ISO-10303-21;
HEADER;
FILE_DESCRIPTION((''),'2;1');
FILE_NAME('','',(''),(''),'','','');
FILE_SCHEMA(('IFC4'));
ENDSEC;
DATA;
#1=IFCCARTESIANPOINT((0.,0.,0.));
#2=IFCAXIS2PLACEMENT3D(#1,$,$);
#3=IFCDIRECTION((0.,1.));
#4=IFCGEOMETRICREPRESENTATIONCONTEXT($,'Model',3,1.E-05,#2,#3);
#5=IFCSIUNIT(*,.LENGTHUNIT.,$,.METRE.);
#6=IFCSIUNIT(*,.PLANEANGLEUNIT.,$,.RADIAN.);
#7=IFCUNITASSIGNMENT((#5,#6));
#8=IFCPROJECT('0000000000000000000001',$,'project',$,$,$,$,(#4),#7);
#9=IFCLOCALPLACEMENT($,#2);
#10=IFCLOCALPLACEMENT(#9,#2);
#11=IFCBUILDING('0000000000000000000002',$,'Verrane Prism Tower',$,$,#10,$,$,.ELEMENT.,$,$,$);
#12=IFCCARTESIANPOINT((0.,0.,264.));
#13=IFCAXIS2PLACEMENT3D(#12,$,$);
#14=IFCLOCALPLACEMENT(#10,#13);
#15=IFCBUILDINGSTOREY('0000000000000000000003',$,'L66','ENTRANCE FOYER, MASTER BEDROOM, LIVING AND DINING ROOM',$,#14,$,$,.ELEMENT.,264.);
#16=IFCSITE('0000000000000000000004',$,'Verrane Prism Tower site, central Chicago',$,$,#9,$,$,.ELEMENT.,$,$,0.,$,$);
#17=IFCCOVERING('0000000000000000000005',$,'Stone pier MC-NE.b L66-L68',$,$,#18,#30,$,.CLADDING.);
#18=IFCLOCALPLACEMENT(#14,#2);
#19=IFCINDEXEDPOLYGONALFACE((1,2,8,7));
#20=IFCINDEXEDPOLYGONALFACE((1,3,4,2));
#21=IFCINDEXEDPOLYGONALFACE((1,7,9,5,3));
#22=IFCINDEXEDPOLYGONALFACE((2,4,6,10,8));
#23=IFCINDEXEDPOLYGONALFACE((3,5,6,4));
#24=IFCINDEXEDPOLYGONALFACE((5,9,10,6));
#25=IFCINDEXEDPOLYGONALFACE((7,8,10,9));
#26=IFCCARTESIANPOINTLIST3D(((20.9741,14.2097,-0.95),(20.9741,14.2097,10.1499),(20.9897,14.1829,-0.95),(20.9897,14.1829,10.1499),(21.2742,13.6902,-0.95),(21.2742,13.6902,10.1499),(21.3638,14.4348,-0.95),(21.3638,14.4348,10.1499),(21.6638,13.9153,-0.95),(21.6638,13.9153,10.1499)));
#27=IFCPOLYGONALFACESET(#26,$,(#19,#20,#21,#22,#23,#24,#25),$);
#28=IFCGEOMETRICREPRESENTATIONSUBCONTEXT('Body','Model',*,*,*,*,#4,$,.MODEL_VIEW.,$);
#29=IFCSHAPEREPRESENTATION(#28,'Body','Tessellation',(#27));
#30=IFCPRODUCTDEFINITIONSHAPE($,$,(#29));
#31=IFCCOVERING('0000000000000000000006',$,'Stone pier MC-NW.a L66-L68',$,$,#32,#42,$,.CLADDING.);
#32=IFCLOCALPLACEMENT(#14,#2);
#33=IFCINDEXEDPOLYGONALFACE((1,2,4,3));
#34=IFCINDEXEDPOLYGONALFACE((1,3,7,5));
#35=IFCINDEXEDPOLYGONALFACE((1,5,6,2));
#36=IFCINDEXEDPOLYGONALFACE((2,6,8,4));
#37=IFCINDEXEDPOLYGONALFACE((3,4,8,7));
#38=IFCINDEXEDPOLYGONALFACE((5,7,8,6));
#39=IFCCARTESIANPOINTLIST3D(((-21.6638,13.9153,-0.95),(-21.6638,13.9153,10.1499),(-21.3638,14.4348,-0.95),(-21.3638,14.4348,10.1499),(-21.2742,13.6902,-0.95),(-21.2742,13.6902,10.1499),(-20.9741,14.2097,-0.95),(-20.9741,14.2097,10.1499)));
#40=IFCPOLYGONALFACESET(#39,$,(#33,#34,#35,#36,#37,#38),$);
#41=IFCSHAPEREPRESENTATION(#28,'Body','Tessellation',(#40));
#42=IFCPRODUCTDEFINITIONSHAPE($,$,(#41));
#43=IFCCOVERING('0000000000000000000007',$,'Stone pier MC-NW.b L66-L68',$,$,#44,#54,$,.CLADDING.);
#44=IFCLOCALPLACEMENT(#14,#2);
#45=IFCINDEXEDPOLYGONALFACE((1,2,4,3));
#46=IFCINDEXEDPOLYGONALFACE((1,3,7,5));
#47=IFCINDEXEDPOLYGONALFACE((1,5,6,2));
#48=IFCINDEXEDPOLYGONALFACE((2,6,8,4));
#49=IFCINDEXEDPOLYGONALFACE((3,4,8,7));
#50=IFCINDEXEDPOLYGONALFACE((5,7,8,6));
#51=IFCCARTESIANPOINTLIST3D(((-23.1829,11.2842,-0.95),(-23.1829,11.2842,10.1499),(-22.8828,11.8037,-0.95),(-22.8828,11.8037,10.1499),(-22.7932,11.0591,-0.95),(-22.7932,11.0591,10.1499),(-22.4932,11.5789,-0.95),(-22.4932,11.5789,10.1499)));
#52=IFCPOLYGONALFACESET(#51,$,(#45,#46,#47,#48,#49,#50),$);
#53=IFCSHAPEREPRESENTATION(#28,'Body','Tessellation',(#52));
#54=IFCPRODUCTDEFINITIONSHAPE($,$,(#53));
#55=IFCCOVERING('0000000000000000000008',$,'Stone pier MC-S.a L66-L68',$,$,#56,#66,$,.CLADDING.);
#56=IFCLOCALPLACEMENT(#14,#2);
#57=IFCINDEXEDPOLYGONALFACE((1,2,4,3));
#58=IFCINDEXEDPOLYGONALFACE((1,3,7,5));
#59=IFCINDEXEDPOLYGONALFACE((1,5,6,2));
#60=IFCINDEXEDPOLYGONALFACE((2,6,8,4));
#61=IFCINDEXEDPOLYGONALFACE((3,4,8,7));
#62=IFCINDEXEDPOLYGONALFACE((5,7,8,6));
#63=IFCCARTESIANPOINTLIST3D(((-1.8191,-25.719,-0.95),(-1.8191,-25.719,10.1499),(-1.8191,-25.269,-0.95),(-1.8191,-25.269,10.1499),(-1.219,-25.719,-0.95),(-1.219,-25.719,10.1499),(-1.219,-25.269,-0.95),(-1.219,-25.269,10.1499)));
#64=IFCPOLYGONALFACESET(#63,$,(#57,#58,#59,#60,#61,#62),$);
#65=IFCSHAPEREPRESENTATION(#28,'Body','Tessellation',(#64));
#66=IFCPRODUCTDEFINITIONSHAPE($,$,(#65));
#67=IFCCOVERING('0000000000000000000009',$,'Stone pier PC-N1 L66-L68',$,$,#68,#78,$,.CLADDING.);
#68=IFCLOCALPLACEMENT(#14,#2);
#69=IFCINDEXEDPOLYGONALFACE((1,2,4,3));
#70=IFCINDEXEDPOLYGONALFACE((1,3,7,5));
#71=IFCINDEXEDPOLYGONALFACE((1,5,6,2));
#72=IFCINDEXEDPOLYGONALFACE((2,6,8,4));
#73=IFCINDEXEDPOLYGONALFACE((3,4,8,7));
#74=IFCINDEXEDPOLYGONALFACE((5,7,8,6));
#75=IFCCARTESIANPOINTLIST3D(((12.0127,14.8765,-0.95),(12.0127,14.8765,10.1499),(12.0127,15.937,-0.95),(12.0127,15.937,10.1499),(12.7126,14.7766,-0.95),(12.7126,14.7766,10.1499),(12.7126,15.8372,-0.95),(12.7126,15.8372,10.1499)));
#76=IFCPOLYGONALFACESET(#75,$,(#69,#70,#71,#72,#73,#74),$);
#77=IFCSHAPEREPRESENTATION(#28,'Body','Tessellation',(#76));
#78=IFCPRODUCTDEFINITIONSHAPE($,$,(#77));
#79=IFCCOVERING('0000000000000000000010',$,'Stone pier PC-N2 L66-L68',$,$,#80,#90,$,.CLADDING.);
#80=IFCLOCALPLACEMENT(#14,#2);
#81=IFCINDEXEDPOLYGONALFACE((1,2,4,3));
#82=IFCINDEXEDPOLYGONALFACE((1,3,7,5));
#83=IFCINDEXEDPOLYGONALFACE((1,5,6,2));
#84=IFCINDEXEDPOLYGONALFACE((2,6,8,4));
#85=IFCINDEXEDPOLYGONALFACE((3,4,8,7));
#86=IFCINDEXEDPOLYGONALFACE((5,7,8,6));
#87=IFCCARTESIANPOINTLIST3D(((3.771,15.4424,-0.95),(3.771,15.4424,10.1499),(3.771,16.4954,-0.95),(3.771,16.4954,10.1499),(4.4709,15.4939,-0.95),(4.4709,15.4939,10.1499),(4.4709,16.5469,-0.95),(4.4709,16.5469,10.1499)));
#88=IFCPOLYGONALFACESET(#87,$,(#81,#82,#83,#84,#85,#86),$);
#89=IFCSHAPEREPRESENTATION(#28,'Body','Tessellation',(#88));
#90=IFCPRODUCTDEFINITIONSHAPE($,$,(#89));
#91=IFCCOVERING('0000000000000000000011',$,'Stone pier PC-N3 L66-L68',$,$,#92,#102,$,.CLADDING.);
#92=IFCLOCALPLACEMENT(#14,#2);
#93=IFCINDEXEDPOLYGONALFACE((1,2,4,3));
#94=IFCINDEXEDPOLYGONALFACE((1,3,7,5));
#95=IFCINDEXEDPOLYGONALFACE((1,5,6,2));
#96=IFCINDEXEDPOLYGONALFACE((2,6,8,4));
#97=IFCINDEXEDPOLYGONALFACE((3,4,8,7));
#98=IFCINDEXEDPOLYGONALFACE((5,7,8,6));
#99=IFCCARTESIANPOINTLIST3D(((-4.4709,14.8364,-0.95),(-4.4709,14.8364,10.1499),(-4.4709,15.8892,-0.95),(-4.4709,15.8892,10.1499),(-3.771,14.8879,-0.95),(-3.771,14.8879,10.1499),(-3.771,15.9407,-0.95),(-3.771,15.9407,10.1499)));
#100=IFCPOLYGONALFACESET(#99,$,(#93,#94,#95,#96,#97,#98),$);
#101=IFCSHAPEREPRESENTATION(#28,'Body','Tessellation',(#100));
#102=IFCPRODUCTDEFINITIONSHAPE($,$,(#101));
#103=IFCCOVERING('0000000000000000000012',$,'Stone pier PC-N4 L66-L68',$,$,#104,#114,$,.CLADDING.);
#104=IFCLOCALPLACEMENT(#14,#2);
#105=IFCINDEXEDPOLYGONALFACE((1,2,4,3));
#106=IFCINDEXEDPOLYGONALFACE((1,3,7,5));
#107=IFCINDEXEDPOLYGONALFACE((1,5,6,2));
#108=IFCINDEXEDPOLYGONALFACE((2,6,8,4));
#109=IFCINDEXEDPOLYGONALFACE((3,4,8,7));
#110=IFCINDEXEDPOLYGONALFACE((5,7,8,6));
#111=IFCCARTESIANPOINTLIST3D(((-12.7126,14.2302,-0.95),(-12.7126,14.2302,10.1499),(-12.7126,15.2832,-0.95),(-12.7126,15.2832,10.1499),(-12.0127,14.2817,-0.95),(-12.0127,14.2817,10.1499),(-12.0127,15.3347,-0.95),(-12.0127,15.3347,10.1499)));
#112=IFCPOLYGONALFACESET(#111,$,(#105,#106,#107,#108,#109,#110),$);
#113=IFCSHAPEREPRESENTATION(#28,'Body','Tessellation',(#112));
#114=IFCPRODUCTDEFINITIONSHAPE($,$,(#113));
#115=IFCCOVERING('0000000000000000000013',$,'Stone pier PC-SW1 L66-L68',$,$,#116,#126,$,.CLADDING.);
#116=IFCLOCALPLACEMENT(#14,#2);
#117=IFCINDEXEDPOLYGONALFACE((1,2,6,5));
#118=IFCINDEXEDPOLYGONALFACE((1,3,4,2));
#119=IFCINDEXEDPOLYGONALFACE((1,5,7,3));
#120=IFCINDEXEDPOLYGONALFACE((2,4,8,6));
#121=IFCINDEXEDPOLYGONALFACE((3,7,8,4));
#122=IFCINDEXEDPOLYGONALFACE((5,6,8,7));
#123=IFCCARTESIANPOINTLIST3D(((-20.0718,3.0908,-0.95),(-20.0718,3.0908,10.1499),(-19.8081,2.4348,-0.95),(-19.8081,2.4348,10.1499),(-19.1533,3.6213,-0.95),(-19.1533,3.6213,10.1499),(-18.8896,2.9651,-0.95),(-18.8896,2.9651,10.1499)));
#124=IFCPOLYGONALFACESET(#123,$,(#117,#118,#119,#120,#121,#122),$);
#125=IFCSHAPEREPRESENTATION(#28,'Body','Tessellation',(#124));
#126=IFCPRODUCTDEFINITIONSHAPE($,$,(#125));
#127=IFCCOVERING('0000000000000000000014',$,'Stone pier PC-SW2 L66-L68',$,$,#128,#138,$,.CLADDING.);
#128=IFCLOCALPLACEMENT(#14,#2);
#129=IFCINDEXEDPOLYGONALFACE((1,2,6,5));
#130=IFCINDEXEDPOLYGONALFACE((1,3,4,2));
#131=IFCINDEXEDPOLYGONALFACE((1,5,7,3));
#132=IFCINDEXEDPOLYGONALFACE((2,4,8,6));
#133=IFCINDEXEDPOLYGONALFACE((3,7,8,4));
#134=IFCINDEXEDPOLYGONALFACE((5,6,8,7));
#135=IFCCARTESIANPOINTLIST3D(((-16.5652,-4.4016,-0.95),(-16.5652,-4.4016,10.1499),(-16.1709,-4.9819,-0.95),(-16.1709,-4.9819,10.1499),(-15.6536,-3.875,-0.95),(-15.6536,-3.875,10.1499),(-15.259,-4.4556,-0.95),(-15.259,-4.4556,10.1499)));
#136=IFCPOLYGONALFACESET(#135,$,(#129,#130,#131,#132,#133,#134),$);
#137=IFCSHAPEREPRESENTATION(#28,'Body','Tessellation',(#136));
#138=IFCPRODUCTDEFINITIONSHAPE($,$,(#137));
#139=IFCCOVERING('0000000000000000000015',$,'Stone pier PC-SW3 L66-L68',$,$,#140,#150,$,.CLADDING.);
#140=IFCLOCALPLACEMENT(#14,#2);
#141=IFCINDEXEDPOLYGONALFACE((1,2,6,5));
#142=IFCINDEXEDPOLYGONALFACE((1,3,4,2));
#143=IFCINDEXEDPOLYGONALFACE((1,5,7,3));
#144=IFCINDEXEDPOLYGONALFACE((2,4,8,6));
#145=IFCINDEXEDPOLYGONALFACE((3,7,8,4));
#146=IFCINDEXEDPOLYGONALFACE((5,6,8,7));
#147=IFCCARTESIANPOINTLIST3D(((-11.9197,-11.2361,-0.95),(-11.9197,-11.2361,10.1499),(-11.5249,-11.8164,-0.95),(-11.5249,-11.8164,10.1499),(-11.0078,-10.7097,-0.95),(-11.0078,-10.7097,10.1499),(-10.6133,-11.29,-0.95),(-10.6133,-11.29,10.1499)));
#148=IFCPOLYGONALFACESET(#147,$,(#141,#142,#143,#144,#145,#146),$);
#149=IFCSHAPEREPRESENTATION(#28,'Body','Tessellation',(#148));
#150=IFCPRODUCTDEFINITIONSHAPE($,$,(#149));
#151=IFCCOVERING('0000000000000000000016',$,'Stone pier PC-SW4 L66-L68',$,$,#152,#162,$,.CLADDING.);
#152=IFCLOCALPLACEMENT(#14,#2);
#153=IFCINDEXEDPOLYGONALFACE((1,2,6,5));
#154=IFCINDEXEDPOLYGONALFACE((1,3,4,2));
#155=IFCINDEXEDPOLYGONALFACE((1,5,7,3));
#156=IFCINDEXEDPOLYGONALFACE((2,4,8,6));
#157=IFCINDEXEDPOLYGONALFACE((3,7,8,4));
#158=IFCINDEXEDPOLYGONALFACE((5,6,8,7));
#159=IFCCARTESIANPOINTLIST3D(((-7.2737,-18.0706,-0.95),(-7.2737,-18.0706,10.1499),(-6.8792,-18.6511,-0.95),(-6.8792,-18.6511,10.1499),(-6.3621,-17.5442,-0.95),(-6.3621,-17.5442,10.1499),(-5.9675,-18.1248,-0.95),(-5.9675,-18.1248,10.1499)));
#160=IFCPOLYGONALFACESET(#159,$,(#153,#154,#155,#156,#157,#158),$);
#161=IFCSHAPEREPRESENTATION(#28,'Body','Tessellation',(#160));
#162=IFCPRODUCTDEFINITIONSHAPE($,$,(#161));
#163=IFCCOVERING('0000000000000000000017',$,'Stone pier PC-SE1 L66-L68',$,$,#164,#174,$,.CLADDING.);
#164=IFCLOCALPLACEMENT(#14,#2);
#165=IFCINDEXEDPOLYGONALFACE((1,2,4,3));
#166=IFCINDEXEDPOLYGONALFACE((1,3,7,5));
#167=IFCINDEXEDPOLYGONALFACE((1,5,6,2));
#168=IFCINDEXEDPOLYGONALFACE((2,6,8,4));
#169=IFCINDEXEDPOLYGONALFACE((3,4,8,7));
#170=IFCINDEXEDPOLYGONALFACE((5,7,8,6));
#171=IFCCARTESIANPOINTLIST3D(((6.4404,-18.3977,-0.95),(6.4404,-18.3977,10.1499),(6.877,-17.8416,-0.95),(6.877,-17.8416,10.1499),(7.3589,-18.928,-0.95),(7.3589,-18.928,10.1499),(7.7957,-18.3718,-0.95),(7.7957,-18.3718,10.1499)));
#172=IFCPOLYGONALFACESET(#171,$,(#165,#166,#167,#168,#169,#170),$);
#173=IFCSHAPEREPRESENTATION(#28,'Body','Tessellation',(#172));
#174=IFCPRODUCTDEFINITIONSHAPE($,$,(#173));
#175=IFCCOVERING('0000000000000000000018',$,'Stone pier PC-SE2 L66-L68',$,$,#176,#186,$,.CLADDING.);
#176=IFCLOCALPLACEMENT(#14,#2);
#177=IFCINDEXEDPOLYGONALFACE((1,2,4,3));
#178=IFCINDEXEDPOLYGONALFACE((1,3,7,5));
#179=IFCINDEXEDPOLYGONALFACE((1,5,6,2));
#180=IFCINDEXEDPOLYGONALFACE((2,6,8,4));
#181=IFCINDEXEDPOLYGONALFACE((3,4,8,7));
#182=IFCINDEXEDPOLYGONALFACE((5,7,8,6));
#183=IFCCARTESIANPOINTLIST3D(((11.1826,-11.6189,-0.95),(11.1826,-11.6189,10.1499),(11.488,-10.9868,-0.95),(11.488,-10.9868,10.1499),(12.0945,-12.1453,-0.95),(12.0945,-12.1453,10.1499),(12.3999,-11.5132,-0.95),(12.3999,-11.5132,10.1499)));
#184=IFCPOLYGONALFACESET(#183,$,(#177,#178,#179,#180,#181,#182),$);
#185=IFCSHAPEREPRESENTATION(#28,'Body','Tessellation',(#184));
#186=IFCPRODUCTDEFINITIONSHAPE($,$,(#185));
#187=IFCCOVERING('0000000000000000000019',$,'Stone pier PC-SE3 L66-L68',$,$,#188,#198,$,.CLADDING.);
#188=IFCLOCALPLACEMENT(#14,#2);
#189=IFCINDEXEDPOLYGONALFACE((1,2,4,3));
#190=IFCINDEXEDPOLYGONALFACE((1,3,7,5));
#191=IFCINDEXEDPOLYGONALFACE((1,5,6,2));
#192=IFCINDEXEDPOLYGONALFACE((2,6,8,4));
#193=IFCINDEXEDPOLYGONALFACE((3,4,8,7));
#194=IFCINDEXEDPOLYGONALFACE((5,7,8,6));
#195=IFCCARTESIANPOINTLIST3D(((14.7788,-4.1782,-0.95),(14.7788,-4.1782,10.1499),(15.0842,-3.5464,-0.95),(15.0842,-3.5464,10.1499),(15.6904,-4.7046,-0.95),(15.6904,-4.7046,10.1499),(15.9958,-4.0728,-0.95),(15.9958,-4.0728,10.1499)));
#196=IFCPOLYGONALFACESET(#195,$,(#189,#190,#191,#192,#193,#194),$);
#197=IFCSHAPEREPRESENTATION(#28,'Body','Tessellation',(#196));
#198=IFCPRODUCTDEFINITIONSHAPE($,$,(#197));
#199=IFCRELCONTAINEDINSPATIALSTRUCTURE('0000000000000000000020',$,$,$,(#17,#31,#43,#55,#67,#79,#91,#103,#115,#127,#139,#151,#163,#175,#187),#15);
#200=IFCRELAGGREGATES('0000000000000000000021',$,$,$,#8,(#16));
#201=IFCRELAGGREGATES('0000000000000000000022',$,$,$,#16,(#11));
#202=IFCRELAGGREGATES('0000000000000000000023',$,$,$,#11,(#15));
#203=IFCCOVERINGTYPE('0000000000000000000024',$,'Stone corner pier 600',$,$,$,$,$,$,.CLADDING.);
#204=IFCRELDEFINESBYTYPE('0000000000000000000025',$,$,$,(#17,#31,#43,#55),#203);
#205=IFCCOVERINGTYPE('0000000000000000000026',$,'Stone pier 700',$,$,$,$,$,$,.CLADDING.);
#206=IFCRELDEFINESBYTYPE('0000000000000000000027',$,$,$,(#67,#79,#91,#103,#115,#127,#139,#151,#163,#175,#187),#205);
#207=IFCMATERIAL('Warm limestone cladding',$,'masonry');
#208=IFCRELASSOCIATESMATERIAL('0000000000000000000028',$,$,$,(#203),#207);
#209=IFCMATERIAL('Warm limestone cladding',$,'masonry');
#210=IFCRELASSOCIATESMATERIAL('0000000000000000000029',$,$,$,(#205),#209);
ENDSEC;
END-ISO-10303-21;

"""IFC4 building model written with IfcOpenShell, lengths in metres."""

from ifc_helpers import new_model, si_unit, direction, frame, origin, place, context, subcontext, project, spatial, polyline, outline, extrude, material, type_object, element, save


model = new_model("IFC4")

# Units and contexts
model_context = context("Model", 3, precision=1e-05, world=origin(), true_north=direction((0.0, 1.0)))
body_context = subcontext(model_context, "Body", "Model", "MODEL_VIEW")
ifc_project = project(units=[si_unit("LENGTHUNIT", "METRE"), si_unit("PLANEANGLEUNIT", "RADIAN")], contexts=[model_context])

# Site, building, storey
site_placement = place(None, origin())
site = spatial("IfcSite", under=ifc_project, at=site_placement, Name="Verrane Prism Tower site, central Chicago", CompositionType="ELEMENT", RefElevation=0.0)
building_placement = place(site_placement, origin())
building = spatial("IfcBuilding", under=site, at=building_placement, Name="Verrane Prism Tower", CompositionType="ELEMENT")
storey_placement = place(building_placement, frame((0.0, 0.0, 264.0)))
storey = spatial("IfcBuildingStorey", under=building, at=storey_placement, Name="L66", Description="ENTRANCE FOYER, MASTER BEDROOM, LIVING AND DINING ROOM", CompositionType="ELEMENT", Elevation=264.0)

# Coverings
ifc_material_1 = material(Name="Warm limestone cladding", Category="masonry")
covering_type_1 = type_object("IfcCoveringType", Name="Stone corner pier 600", PredefinedType="CLADDING", material=ifc_material_1)
covering_1_placement = place(storey_placement, frame((0.0, 0.0, -0.95)))
element("IfcCovering", 1, at=covering_1_placement, inside=storey, type_object=covering_type_1, Name="Stone pier MC-NE.b L66-L68", PredefinedType="CLADDING", context=body_context, shape_type="SweptSolid", body=[
    extrude(outline(polyline([(20.9741, 14.2097), (20.9897, 14.1829), (21.2742, 13.6902), (21.6638, 13.9153), (21.3638, 14.4348), (20.9741, 14.2097)])), origin(), (0.0, 0.0, 1.0), 11.0999),
])
covering_2_placement = place(storey_placement, frame((0.0, 0.0, -0.95)))
element("IfcCovering", 2, at=covering_2_placement, inside=storey, type_object=covering_type_1, Name="Stone pier MC-NW.a L66-L68", PredefinedType="CLADDING", context=body_context, shape_type="SweptSolid", body=[
    extrude(outline(polyline([(-21.2742, 13.6902), (-20.9741, 14.2097), (-21.3638, 14.4348), (-21.6638, 13.9153), (-21.2742, 13.6902)])), origin(), (0.0, 0.0, 1.0), 11.0999),
])
covering_3_placement = place(storey_placement, frame((0.0, 0.0, -0.95)))
element("IfcCovering", 3, at=covering_3_placement, inside=storey, type_object=covering_type_1, Name="Stone pier MC-NW.b L66-L68", PredefinedType="CLADDING", context=body_context, shape_type="SweptSolid", body=[
    extrude(outline(polyline([(-22.7932, 11.0591), (-22.4932, 11.5789), (-22.8828, 11.8037), (-23.1829, 11.2842), (-22.7932, 11.0591)])), origin(), (0.0, 0.0, 1.0), 11.0999),
])
covering_4_placement = place(storey_placement, frame((0.0, 0.0, -0.95)))
element("IfcCovering", 4, at=covering_4_placement, inside=storey, type_object=covering_type_1, Name="Stone pier MC-S.a L66-L68", PredefinedType="CLADDING", context=body_context, shape_type="SweptSolid", body=[
    extrude(outline(polyline([(-1.219, -25.269), (-1.8191, -25.269), (-1.8191, -25.719), (-1.219, -25.719), (-1.219, -25.269)])), origin(), (0.0, 0.0, 1.0), 11.0999),
])
ifc_material_2 = material(Name="Warm limestone cladding", Category="masonry")
covering_type_2 = type_object("IfcCoveringType", Name="Stone pier 700", PredefinedType="CLADDING", material=ifc_material_2)
covering_5_placement = place(storey_placement, frame((0.0, 0.0, -0.95)))
element("IfcCovering", 5, at=covering_5_placement, inside=storey, type_object=covering_type_2, Name="Stone pier PC-N1 L66-L68", PredefinedType="CLADDING", context=body_context, shape_type="SweptSolid", body=[
    extrude(outline(polyline([(12.0127, 15.937), (12.0127, 14.8765), (12.7126, 14.7766), (12.7126, 15.8372), (12.0127, 15.937)])), origin(), (0.0, 0.0, 1.0), 11.0999),
])
covering_6_placement = place(storey_placement, frame((0.0, 0.0, -0.95)))
element("IfcCovering", 6, at=covering_6_placement, inside=storey, type_object=covering_type_2, Name="Stone pier PC-N2 L66-L68", PredefinedType="CLADDING", context=body_context, shape_type="SweptSolid", body=[
    extrude(outline(polyline([(3.771, 16.4954), (3.771, 15.4424), (4.4709, 15.4939), (4.4709, 16.5469), (3.771, 16.4954)])), origin(), (0.0, 0.0, 1.0), 11.0999),
])
covering_7_placement = place(storey_placement, frame((0.0, 0.0, -0.95)))
element("IfcCovering", 7, at=covering_7_placement, inside=storey, type_object=covering_type_2, Name="Stone pier PC-N3 L66-L68", PredefinedType="CLADDING", context=body_context, shape_type="SweptSolid", body=[
    extrude(outline(polyline([(-4.4709, 15.8892), (-4.4709, 14.8364), (-3.771, 14.8879), (-3.771, 15.9407), (-4.4709, 15.8892)])), origin(), (0.0, 0.0, 1.0), 11.0999),
])
covering_8_placement = place(storey_placement, frame((0.0, 0.0, -0.95)))
element("IfcCovering", 8, at=covering_8_placement, inside=storey, type_object=covering_type_2, Name="Stone pier PC-N4 L66-L68", PredefinedType="CLADDING", context=body_context, shape_type="SweptSolid", body=[
    extrude(outline(polyline([(-12.7126, 15.2832), (-12.7126, 14.2302), (-12.0127, 14.2817), (-12.0127, 15.3347), (-12.7126, 15.2832)])), origin(), (0.0, 0.0, 1.0), 11.0999),
])
covering_9_placement = place(storey_placement, frame((0.0, 0.0, -0.95)))
element("IfcCovering", 9, at=covering_9_placement, inside=storey, type_object=covering_type_2, Name="Stone pier PC-SW1 L66-L68", PredefinedType="CLADDING", context=body_context, shape_type="SweptSolid", body=[
    extrude(outline(polyline([(-19.8081, 2.4348), (-18.8896, 2.9651), (-19.1533, 3.6213), (-20.0718, 3.0908), (-19.8081, 2.4348)])), origin(), (0.0, 0.0, 1.0), 11.0999),
])
covering_10_placement = place(storey_placement, frame((0.0, 0.0, -0.95)))
element("IfcCovering", 10, at=covering_10_placement, inside=storey, type_object=covering_type_2, Name="Stone pier PC-SW2 L66-L68", PredefinedType="CLADDING", context=body_context, shape_type="SweptSolid", body=[
    extrude(outline(polyline([(-16.1709, -4.9819), (-15.259, -4.4556), (-15.6536, -3.875), (-16.5652, -4.4016), (-16.1709, -4.9819)])), origin(), (0.0, 0.0, 1.0), 11.0999),
])
covering_11_placement = place(storey_placement, frame((0.0, 0.0, -0.95)))
element("IfcCovering", 11, at=covering_11_placement, inside=storey, type_object=covering_type_2, Name="Stone pier PC-SW3 L66-L68", PredefinedType="CLADDING", context=body_context, shape_type="SweptSolid", body=[
    extrude(outline(polyline([(-11.5249, -11.8164), (-10.6133, -11.29), (-11.0078, -10.7097), (-11.9197, -11.2361), (-11.5249, -11.8164)])), origin(), (0.0, 0.0, 1.0), 11.0999),
])
covering_12_placement = place(storey_placement, frame((0.0, 0.0, -0.95)))
element("IfcCovering", 12, at=covering_12_placement, inside=storey, type_object=covering_type_2, Name="Stone pier PC-SW4 L66-L68", PredefinedType="CLADDING", context=body_context, shape_type="SweptSolid", body=[
    extrude(outline(polyline([(-6.8792, -18.6511), (-5.9675, -18.1248), (-6.3621, -17.5442), (-7.2737, -18.0706), (-6.8792, -18.6511)])), origin(), (0.0, 0.0, 1.0), 11.0999),
])
covering_13_placement = place(storey_placement, frame((0.0, 0.0, -0.95)))
element("IfcCovering", 13, at=covering_13_placement, inside=storey, type_object=covering_type_2, Name="Stone pier PC-SE1 L66-L68", PredefinedType="CLADDING", context=body_context, shape_type="SweptSolid", body=[
    extrude(outline(polyline([(7.7957, -18.3718), (6.877, -17.8416), (6.4404, -18.3977), (7.3589, -18.928), (7.7957, -18.3718)])), origin(), (0.0, 0.0, 1.0), 11.0999),
])
covering_14_placement = place(storey_placement, frame((0.0, 0.0, -0.95)))
element("IfcCovering", 14, at=covering_14_placement, inside=storey, type_object=covering_type_2, Name="Stone pier PC-SE2 L66-L68", PredefinedType="CLADDING", context=body_context, shape_type="SweptSolid", body=[
    extrude(outline(polyline([(12.3999, -11.5132), (11.488, -10.9868), (11.1826, -11.6189), (12.0945, -12.1453), (12.3999, -11.5132)])), origin(), (0.0, 0.0, 1.0), 11.0999),
])
covering_15_placement = place(storey_placement, frame((0.0, 0.0, -0.95)))
element("IfcCovering", 15, at=covering_15_placement, inside=storey, type_object=covering_type_2, Name="Stone pier PC-SE3 L66-L68", PredefinedType="CLADDING", context=body_context, shape_type="SweptSolid", body=[
    extrude(outline(polyline([(15.9958, -4.0728), (15.0842, -3.5464), (14.7788, -4.1782), (15.6904, -4.7046), (15.9958, -4.0728)])), origin(), (0.0, 0.0, 1.0), 11.0999),
])

save(model, "model.ifc")
